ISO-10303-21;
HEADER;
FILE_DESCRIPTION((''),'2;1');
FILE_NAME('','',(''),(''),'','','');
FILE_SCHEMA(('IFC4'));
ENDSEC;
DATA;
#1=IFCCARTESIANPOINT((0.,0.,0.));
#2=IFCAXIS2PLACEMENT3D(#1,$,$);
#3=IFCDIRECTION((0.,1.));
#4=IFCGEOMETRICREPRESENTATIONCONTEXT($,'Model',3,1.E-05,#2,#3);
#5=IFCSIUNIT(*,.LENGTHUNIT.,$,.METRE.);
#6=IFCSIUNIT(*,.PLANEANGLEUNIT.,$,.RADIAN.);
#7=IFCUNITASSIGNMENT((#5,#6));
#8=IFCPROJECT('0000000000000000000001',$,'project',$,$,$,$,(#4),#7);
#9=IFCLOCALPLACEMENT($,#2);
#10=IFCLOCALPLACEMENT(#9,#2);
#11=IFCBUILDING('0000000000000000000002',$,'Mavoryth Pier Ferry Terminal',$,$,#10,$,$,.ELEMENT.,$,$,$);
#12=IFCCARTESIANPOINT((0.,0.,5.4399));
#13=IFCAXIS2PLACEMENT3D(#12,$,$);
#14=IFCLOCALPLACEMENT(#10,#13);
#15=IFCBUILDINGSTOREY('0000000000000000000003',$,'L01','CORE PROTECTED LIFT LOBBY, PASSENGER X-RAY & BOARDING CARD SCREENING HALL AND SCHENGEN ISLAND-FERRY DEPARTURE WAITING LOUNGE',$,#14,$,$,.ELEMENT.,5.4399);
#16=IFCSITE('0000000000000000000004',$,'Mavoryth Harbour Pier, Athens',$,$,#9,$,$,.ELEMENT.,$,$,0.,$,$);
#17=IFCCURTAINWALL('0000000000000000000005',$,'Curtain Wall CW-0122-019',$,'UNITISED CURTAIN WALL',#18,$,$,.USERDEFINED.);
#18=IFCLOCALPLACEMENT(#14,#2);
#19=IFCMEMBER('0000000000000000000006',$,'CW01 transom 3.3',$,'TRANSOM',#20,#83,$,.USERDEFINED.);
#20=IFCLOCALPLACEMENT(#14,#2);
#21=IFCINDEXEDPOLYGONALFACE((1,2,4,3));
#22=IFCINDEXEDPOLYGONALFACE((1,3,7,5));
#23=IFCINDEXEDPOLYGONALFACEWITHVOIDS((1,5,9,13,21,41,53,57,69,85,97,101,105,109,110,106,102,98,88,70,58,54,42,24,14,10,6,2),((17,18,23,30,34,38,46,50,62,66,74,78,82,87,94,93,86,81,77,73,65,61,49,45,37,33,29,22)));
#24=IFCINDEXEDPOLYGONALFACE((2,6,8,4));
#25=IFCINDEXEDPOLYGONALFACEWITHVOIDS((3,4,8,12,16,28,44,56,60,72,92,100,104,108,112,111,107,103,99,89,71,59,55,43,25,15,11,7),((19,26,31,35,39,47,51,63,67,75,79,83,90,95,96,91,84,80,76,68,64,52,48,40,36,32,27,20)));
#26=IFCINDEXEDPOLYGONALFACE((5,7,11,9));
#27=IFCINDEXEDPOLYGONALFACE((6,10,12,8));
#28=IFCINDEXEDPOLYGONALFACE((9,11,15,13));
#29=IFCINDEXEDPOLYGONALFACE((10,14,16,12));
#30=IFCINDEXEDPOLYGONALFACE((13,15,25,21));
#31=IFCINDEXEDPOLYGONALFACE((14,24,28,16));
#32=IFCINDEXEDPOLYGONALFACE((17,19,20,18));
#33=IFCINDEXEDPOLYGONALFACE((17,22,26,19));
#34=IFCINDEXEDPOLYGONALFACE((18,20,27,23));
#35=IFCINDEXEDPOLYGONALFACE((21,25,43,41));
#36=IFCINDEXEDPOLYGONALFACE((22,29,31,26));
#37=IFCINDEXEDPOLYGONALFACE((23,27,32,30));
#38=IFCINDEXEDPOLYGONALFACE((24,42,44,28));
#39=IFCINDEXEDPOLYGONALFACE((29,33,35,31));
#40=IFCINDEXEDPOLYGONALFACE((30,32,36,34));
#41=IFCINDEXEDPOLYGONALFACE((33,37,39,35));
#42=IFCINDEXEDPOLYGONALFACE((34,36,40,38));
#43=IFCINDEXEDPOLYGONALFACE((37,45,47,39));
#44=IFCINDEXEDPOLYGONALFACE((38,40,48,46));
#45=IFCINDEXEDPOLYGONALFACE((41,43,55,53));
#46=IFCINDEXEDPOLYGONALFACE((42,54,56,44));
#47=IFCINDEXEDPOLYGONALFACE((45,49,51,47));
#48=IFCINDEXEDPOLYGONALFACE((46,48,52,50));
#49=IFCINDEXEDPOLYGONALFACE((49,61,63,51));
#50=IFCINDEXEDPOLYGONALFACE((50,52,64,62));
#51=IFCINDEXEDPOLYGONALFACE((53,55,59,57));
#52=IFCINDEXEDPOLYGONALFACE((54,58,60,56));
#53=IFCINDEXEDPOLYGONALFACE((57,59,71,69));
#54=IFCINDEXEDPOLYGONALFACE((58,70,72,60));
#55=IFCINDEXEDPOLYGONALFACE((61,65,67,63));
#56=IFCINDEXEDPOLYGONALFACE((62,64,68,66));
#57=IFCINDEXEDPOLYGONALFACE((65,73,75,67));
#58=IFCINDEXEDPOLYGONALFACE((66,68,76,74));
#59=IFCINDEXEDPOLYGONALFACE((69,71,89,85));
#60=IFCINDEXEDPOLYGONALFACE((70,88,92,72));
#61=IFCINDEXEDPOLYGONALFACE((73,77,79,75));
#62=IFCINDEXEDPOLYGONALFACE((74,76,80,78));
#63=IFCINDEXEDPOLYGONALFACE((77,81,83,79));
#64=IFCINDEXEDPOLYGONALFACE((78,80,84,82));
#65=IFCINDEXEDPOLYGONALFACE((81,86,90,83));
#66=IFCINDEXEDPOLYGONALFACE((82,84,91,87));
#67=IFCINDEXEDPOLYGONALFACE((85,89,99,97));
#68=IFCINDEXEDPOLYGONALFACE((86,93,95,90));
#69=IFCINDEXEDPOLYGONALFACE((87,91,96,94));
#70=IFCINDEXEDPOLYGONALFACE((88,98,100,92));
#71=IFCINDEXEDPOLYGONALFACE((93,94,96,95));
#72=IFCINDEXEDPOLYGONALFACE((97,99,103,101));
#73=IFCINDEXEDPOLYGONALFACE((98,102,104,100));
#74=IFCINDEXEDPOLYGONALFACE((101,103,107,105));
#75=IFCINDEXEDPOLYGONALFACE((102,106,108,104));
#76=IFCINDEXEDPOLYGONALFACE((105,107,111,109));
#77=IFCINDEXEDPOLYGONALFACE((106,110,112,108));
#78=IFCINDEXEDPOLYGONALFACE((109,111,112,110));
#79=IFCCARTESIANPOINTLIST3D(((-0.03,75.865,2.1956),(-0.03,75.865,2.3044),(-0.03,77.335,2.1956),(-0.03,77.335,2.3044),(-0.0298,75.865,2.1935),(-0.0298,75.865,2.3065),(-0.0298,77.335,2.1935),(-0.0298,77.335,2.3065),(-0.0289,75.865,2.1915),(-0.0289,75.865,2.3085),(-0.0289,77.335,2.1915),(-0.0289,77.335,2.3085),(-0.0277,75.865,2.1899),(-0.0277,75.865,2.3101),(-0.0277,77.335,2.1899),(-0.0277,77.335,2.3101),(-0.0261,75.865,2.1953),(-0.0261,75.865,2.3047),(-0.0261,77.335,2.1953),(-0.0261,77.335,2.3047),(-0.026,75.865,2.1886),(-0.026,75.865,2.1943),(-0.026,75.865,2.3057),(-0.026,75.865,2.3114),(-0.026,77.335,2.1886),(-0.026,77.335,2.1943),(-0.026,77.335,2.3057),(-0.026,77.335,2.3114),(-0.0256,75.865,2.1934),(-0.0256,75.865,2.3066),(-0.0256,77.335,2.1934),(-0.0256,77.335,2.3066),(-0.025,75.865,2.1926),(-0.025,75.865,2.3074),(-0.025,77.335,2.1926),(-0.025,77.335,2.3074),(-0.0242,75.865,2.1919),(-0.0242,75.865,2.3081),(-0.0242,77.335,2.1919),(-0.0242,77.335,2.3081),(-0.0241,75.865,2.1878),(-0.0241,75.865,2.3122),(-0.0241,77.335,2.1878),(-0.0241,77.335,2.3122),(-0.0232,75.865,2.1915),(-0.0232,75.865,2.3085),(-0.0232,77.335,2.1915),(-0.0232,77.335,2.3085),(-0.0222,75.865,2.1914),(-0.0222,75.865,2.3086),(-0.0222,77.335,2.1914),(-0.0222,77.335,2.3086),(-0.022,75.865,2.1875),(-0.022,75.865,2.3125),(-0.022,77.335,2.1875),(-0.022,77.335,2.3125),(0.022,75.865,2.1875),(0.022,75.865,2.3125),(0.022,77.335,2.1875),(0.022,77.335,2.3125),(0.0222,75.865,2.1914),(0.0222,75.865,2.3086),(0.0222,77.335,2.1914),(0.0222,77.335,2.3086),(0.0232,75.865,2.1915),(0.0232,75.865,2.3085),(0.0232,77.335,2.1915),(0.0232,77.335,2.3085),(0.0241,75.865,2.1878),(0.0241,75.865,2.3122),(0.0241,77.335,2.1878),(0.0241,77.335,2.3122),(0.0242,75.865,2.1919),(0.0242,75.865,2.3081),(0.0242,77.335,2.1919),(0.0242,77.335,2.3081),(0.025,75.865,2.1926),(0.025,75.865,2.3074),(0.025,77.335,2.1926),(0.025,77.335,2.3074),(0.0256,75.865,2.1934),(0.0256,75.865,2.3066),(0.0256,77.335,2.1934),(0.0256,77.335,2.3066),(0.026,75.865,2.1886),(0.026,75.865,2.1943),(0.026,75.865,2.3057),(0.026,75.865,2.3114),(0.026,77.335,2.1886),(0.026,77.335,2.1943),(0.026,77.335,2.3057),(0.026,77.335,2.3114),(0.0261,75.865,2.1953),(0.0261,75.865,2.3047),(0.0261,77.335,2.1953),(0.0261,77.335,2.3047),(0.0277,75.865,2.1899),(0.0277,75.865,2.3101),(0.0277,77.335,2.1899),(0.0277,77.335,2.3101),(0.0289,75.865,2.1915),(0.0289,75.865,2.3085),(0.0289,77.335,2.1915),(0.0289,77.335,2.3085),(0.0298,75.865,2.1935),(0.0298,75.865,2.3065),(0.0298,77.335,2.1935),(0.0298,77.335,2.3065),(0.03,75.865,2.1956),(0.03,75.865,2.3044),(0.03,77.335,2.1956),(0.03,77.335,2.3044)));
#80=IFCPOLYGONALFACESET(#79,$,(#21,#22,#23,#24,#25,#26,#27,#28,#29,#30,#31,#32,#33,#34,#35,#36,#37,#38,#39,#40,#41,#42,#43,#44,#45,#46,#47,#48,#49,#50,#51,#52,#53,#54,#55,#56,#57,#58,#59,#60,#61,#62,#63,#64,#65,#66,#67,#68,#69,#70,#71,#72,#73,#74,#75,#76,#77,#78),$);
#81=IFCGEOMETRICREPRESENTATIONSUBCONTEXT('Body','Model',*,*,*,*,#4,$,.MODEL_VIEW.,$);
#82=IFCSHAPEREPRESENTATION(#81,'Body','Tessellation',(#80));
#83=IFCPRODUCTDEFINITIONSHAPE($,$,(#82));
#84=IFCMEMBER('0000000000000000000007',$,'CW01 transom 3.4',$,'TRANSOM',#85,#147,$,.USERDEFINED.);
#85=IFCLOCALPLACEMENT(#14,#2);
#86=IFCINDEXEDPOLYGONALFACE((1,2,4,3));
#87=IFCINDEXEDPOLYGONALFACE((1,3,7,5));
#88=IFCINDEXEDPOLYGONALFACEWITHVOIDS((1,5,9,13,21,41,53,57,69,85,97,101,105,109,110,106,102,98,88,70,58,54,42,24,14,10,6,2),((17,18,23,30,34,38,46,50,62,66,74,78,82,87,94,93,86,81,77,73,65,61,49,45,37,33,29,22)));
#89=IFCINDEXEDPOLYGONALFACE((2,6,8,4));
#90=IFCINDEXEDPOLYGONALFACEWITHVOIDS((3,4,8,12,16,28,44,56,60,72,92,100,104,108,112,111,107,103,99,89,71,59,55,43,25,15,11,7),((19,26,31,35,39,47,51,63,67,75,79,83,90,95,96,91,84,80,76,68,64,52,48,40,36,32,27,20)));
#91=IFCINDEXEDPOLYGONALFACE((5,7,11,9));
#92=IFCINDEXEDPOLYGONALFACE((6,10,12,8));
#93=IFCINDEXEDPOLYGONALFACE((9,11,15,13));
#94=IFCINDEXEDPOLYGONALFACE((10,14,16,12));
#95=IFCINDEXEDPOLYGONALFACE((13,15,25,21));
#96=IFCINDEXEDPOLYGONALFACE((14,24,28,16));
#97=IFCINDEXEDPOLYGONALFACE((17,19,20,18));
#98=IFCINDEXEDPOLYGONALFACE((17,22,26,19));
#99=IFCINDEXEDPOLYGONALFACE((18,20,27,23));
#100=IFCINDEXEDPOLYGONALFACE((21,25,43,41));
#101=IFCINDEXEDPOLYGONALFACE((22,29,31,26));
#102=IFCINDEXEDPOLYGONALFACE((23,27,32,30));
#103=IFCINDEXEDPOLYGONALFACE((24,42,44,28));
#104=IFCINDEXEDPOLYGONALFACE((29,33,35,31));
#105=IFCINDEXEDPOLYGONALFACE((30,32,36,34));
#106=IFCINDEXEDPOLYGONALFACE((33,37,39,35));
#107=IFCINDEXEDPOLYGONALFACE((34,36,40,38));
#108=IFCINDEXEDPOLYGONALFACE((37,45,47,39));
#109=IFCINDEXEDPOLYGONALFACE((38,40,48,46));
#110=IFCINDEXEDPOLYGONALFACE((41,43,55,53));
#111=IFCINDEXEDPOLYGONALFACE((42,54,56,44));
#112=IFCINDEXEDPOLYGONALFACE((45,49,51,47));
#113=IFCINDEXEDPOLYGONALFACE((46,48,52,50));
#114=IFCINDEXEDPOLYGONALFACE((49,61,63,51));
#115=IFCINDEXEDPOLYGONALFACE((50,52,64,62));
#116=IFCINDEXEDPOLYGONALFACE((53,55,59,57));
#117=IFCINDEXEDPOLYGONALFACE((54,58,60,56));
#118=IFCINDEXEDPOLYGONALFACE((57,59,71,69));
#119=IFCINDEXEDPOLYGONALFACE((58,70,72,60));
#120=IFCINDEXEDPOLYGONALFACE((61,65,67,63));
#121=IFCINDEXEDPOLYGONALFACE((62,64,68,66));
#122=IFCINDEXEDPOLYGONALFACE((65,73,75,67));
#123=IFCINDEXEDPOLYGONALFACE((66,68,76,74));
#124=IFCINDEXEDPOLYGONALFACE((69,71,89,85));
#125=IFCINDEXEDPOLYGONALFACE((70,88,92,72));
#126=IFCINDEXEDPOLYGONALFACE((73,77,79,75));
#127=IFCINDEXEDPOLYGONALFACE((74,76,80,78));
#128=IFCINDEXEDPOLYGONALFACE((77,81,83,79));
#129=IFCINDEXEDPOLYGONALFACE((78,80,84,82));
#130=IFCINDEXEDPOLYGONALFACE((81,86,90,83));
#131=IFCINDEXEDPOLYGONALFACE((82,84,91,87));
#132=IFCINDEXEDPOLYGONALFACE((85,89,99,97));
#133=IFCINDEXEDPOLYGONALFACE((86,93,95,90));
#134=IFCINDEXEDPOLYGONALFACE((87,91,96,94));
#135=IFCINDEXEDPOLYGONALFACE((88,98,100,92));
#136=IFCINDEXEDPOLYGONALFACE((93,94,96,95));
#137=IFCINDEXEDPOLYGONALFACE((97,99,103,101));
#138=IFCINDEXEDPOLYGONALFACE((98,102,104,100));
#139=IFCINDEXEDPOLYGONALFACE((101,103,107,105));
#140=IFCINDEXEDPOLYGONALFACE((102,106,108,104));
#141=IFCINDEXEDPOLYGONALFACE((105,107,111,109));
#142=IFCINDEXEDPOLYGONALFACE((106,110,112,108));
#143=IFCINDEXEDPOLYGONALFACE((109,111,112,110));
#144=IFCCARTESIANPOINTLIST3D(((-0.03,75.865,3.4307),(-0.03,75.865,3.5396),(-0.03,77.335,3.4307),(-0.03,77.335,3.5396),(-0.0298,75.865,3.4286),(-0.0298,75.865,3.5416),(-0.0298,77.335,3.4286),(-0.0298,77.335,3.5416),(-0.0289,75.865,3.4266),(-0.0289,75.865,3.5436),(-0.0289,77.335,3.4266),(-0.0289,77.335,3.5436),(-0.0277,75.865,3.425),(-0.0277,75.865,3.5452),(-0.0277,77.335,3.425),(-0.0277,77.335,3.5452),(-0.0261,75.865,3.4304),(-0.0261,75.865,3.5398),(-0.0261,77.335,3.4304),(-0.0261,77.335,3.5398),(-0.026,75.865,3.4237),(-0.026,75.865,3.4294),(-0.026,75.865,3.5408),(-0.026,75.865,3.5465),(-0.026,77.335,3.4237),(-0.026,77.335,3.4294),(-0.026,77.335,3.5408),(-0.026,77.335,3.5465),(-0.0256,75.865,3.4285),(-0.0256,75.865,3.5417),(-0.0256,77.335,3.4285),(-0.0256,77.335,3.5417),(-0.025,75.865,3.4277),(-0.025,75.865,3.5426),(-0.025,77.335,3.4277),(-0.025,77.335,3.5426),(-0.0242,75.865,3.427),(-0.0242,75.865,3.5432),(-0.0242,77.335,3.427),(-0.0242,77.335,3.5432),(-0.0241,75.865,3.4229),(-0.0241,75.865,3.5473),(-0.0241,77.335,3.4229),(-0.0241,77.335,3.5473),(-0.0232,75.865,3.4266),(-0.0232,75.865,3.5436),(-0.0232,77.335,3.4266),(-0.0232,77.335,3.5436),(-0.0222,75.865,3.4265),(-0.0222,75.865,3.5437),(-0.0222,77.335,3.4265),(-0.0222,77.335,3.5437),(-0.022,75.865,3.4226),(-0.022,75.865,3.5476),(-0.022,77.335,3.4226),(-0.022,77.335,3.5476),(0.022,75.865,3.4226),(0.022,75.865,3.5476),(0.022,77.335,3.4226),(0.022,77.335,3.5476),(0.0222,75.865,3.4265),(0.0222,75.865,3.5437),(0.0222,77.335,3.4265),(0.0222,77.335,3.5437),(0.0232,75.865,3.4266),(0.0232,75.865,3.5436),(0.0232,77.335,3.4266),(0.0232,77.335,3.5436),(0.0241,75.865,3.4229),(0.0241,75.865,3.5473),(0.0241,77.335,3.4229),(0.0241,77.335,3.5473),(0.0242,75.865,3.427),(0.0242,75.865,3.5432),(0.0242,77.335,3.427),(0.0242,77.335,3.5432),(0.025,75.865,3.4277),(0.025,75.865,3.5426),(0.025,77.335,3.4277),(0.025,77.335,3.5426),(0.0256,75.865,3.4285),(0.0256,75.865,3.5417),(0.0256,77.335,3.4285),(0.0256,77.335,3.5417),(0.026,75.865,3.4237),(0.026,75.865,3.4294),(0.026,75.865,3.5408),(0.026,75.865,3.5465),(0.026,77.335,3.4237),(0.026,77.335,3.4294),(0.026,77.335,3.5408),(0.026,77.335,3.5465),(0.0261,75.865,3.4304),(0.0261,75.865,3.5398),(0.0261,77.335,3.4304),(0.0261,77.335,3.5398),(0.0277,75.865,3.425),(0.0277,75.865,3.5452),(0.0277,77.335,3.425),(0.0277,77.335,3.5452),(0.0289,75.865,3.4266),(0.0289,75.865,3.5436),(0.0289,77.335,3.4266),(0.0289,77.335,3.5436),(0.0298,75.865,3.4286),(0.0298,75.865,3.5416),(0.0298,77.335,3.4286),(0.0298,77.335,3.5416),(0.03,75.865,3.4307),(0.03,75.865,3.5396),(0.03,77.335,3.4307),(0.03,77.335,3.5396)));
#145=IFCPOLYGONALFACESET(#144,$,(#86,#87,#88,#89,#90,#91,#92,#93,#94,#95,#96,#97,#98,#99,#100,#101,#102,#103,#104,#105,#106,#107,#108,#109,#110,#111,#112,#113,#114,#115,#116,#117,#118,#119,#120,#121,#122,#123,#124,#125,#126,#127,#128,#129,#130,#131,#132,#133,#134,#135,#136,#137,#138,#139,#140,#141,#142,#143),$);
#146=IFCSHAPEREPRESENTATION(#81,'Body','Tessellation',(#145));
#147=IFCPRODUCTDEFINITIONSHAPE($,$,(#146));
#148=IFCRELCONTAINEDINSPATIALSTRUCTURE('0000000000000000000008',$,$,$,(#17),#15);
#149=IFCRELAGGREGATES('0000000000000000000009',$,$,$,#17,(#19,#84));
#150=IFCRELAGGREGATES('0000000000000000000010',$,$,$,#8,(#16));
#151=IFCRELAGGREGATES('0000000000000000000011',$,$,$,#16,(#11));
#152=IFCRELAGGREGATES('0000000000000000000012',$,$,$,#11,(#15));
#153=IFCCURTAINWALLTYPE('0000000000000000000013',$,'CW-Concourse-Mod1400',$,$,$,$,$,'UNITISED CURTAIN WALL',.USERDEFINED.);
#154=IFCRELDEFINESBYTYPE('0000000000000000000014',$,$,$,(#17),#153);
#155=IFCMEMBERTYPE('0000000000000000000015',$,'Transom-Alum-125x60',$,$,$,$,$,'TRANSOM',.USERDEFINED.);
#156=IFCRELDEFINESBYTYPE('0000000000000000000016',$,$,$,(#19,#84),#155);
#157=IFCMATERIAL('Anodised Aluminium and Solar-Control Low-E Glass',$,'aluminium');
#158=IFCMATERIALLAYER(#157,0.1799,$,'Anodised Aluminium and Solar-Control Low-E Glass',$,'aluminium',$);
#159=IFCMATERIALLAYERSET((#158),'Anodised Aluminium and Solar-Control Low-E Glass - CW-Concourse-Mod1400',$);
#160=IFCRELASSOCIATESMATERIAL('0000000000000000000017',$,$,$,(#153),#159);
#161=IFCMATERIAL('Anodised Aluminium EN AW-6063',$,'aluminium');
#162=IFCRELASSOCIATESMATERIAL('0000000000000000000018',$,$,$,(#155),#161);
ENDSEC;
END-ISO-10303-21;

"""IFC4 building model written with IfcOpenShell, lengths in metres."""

from ifc_helpers import new_model, si_unit, direction, frame, origin, origin_2d, place, context, subcontext, project, spatial, hollow_rectangle, extrude, material, layer, layer_set, material_profile, profile_set, type_object, element, aggregate, save


model = new_model("IFC4")

# Units and contexts
model_context = context("Model", 3, precision=1e-05, world=origin(), true_north=direction((0.0, 1.0)))
body_context = subcontext(model_context, "Body", "Model", "MODEL_VIEW")
ifc_project = project(units=[si_unit("LENGTHUNIT", "METRE"), si_unit("PLANEANGLEUNIT", "RADIAN")], contexts=[model_context])

# Site, building, storey
site_placement = place(None, origin())
site = spatial("IfcSite", under=ifc_project, at=site_placement, Name="Mavoryth Harbour Pier, Athens", CompositionType="ELEMENT", RefElevation=0.0)
building_placement = place(site_placement, origin())
building = spatial("IfcBuilding", under=site, at=building_placement, Name="Mavoryth Pier Ferry Terminal", CompositionType="ELEMENT")
storey_placement = place(building_placement, frame((0.0, 0.0, 5.4399)))
storey = spatial("IfcBuildingStorey", under=building, at=storey_placement, Name="L01", Description="CORE PROTECTED LIFT LOBBY, PASSENGER X-RAY & BOARDING CARD SCREENING HALL AND SCHENGEN ISLAND-FERRY DEPARTURE WAITING LOUNGE", CompositionType="ELEMENT", Elevation=5.4399)

# Curtain wall, members
ifc_material_1 = material(Name="Anodised Aluminium and Solar-Control Low-E Glass", Category="aluminium")
ifc_layer_1 = layer(ifc_material_1, 0.1799, Name="Anodised Aluminium and Solar-Control Low-E Glass", Category="aluminium")
ifc_layer_set_1 = layer_set([ifc_layer_1], Name="Anodised Aluminium and Solar-Control Low-E Glass - CW-Concourse-Mod1400")
curtain_wall_type = type_object("IfcCurtainWallType", Name="CW-Concourse-Mod1400", ElementType="UNITISED CURTAIN WALL", PredefinedType="USERDEFINED", material=ifc_layer_set_1)
curtain_wall_placement = place(storey_placement, origin())
curtain_wall = element("IfcCurtainWall", 1, at=curtain_wall_placement, inside=storey, type_object=curtain_wall_type, Name="Curtain Wall CW-0122-019", ObjectType="UNITISED CURTAIN WALL", PredefinedType="USERDEFINED")
ifc_material_2 = material(Name="Anodised Aluminium EN AW-6063", Category="aluminium")
ifc_material_profile_1 = material_profile(ifc_material_2, hollow_rectangle(XDim=0.0601, YDim=0.125, WallThickness=0.0039, InnerFilletRadius=0.0039, OuterFilletRadius=0.0081, at=origin_2d()), Name="AL-TRAN 125x60x4", Category="aluminium")
ifc_profile_set_1 = profile_set([ifc_material_profile_1], Name="Anodised Aluminium EN AW-6063 - AL-TRAN 125x60x4")
member_type_1 = type_object("IfcMemberType", Name="Transom-Alum-125x60", ElementType="TRANSOM", PredefinedType="USERDEFINED", material=ifc_profile_set_1)
member_1_placement = place(storey_placement, frame((0.0, 77.335, 2.25), z_axis=(0.0, -1.0, 0.0), x_axis=(1.0, 0.0, 0.0)))
member_1 = element("IfcMember", 2, at=member_1_placement, type_object=member_type_1, Name="CW01 transom 3.3", ObjectType="TRANSOM", PredefinedType="USERDEFINED", context=body_context, shape_type="SweptSolid", body=[
    extrude(hollow_rectangle(XDim=0.0601, YDim=0.125, WallThickness=0.0039, InnerFilletRadius=0.0039, OuterFilletRadius=0.0081, at=origin_2d()), origin(), (0.0, 0.0, 1.0), 1.47),
])
member_2_placement = place(storey_placement, frame((0.0, 77.335, 3.4851), z_axis=(0.0, -1.0, 0.0), x_axis=(1.0, 0.0, 0.0)))
member_2 = element("IfcMember", 3, at=member_2_placement, type_object=member_type_1, Name="CW01 transom 3.4", ObjectType="TRANSOM", PredefinedType="USERDEFINED", context=body_context, shape_type="SweptSolid", body=[
    extrude(hollow_rectangle(XDim=0.0601, YDim=0.125, WallThickness=0.0039, InnerFilletRadius=0.0039, OuterFilletRadius=0.0081, at=origin_2d()), origin(), (0.0, 0.0, 1.0), 1.47),
])
aggregate(curtain_wall, [member_1, member_2])

save(model, "model.ifc")
